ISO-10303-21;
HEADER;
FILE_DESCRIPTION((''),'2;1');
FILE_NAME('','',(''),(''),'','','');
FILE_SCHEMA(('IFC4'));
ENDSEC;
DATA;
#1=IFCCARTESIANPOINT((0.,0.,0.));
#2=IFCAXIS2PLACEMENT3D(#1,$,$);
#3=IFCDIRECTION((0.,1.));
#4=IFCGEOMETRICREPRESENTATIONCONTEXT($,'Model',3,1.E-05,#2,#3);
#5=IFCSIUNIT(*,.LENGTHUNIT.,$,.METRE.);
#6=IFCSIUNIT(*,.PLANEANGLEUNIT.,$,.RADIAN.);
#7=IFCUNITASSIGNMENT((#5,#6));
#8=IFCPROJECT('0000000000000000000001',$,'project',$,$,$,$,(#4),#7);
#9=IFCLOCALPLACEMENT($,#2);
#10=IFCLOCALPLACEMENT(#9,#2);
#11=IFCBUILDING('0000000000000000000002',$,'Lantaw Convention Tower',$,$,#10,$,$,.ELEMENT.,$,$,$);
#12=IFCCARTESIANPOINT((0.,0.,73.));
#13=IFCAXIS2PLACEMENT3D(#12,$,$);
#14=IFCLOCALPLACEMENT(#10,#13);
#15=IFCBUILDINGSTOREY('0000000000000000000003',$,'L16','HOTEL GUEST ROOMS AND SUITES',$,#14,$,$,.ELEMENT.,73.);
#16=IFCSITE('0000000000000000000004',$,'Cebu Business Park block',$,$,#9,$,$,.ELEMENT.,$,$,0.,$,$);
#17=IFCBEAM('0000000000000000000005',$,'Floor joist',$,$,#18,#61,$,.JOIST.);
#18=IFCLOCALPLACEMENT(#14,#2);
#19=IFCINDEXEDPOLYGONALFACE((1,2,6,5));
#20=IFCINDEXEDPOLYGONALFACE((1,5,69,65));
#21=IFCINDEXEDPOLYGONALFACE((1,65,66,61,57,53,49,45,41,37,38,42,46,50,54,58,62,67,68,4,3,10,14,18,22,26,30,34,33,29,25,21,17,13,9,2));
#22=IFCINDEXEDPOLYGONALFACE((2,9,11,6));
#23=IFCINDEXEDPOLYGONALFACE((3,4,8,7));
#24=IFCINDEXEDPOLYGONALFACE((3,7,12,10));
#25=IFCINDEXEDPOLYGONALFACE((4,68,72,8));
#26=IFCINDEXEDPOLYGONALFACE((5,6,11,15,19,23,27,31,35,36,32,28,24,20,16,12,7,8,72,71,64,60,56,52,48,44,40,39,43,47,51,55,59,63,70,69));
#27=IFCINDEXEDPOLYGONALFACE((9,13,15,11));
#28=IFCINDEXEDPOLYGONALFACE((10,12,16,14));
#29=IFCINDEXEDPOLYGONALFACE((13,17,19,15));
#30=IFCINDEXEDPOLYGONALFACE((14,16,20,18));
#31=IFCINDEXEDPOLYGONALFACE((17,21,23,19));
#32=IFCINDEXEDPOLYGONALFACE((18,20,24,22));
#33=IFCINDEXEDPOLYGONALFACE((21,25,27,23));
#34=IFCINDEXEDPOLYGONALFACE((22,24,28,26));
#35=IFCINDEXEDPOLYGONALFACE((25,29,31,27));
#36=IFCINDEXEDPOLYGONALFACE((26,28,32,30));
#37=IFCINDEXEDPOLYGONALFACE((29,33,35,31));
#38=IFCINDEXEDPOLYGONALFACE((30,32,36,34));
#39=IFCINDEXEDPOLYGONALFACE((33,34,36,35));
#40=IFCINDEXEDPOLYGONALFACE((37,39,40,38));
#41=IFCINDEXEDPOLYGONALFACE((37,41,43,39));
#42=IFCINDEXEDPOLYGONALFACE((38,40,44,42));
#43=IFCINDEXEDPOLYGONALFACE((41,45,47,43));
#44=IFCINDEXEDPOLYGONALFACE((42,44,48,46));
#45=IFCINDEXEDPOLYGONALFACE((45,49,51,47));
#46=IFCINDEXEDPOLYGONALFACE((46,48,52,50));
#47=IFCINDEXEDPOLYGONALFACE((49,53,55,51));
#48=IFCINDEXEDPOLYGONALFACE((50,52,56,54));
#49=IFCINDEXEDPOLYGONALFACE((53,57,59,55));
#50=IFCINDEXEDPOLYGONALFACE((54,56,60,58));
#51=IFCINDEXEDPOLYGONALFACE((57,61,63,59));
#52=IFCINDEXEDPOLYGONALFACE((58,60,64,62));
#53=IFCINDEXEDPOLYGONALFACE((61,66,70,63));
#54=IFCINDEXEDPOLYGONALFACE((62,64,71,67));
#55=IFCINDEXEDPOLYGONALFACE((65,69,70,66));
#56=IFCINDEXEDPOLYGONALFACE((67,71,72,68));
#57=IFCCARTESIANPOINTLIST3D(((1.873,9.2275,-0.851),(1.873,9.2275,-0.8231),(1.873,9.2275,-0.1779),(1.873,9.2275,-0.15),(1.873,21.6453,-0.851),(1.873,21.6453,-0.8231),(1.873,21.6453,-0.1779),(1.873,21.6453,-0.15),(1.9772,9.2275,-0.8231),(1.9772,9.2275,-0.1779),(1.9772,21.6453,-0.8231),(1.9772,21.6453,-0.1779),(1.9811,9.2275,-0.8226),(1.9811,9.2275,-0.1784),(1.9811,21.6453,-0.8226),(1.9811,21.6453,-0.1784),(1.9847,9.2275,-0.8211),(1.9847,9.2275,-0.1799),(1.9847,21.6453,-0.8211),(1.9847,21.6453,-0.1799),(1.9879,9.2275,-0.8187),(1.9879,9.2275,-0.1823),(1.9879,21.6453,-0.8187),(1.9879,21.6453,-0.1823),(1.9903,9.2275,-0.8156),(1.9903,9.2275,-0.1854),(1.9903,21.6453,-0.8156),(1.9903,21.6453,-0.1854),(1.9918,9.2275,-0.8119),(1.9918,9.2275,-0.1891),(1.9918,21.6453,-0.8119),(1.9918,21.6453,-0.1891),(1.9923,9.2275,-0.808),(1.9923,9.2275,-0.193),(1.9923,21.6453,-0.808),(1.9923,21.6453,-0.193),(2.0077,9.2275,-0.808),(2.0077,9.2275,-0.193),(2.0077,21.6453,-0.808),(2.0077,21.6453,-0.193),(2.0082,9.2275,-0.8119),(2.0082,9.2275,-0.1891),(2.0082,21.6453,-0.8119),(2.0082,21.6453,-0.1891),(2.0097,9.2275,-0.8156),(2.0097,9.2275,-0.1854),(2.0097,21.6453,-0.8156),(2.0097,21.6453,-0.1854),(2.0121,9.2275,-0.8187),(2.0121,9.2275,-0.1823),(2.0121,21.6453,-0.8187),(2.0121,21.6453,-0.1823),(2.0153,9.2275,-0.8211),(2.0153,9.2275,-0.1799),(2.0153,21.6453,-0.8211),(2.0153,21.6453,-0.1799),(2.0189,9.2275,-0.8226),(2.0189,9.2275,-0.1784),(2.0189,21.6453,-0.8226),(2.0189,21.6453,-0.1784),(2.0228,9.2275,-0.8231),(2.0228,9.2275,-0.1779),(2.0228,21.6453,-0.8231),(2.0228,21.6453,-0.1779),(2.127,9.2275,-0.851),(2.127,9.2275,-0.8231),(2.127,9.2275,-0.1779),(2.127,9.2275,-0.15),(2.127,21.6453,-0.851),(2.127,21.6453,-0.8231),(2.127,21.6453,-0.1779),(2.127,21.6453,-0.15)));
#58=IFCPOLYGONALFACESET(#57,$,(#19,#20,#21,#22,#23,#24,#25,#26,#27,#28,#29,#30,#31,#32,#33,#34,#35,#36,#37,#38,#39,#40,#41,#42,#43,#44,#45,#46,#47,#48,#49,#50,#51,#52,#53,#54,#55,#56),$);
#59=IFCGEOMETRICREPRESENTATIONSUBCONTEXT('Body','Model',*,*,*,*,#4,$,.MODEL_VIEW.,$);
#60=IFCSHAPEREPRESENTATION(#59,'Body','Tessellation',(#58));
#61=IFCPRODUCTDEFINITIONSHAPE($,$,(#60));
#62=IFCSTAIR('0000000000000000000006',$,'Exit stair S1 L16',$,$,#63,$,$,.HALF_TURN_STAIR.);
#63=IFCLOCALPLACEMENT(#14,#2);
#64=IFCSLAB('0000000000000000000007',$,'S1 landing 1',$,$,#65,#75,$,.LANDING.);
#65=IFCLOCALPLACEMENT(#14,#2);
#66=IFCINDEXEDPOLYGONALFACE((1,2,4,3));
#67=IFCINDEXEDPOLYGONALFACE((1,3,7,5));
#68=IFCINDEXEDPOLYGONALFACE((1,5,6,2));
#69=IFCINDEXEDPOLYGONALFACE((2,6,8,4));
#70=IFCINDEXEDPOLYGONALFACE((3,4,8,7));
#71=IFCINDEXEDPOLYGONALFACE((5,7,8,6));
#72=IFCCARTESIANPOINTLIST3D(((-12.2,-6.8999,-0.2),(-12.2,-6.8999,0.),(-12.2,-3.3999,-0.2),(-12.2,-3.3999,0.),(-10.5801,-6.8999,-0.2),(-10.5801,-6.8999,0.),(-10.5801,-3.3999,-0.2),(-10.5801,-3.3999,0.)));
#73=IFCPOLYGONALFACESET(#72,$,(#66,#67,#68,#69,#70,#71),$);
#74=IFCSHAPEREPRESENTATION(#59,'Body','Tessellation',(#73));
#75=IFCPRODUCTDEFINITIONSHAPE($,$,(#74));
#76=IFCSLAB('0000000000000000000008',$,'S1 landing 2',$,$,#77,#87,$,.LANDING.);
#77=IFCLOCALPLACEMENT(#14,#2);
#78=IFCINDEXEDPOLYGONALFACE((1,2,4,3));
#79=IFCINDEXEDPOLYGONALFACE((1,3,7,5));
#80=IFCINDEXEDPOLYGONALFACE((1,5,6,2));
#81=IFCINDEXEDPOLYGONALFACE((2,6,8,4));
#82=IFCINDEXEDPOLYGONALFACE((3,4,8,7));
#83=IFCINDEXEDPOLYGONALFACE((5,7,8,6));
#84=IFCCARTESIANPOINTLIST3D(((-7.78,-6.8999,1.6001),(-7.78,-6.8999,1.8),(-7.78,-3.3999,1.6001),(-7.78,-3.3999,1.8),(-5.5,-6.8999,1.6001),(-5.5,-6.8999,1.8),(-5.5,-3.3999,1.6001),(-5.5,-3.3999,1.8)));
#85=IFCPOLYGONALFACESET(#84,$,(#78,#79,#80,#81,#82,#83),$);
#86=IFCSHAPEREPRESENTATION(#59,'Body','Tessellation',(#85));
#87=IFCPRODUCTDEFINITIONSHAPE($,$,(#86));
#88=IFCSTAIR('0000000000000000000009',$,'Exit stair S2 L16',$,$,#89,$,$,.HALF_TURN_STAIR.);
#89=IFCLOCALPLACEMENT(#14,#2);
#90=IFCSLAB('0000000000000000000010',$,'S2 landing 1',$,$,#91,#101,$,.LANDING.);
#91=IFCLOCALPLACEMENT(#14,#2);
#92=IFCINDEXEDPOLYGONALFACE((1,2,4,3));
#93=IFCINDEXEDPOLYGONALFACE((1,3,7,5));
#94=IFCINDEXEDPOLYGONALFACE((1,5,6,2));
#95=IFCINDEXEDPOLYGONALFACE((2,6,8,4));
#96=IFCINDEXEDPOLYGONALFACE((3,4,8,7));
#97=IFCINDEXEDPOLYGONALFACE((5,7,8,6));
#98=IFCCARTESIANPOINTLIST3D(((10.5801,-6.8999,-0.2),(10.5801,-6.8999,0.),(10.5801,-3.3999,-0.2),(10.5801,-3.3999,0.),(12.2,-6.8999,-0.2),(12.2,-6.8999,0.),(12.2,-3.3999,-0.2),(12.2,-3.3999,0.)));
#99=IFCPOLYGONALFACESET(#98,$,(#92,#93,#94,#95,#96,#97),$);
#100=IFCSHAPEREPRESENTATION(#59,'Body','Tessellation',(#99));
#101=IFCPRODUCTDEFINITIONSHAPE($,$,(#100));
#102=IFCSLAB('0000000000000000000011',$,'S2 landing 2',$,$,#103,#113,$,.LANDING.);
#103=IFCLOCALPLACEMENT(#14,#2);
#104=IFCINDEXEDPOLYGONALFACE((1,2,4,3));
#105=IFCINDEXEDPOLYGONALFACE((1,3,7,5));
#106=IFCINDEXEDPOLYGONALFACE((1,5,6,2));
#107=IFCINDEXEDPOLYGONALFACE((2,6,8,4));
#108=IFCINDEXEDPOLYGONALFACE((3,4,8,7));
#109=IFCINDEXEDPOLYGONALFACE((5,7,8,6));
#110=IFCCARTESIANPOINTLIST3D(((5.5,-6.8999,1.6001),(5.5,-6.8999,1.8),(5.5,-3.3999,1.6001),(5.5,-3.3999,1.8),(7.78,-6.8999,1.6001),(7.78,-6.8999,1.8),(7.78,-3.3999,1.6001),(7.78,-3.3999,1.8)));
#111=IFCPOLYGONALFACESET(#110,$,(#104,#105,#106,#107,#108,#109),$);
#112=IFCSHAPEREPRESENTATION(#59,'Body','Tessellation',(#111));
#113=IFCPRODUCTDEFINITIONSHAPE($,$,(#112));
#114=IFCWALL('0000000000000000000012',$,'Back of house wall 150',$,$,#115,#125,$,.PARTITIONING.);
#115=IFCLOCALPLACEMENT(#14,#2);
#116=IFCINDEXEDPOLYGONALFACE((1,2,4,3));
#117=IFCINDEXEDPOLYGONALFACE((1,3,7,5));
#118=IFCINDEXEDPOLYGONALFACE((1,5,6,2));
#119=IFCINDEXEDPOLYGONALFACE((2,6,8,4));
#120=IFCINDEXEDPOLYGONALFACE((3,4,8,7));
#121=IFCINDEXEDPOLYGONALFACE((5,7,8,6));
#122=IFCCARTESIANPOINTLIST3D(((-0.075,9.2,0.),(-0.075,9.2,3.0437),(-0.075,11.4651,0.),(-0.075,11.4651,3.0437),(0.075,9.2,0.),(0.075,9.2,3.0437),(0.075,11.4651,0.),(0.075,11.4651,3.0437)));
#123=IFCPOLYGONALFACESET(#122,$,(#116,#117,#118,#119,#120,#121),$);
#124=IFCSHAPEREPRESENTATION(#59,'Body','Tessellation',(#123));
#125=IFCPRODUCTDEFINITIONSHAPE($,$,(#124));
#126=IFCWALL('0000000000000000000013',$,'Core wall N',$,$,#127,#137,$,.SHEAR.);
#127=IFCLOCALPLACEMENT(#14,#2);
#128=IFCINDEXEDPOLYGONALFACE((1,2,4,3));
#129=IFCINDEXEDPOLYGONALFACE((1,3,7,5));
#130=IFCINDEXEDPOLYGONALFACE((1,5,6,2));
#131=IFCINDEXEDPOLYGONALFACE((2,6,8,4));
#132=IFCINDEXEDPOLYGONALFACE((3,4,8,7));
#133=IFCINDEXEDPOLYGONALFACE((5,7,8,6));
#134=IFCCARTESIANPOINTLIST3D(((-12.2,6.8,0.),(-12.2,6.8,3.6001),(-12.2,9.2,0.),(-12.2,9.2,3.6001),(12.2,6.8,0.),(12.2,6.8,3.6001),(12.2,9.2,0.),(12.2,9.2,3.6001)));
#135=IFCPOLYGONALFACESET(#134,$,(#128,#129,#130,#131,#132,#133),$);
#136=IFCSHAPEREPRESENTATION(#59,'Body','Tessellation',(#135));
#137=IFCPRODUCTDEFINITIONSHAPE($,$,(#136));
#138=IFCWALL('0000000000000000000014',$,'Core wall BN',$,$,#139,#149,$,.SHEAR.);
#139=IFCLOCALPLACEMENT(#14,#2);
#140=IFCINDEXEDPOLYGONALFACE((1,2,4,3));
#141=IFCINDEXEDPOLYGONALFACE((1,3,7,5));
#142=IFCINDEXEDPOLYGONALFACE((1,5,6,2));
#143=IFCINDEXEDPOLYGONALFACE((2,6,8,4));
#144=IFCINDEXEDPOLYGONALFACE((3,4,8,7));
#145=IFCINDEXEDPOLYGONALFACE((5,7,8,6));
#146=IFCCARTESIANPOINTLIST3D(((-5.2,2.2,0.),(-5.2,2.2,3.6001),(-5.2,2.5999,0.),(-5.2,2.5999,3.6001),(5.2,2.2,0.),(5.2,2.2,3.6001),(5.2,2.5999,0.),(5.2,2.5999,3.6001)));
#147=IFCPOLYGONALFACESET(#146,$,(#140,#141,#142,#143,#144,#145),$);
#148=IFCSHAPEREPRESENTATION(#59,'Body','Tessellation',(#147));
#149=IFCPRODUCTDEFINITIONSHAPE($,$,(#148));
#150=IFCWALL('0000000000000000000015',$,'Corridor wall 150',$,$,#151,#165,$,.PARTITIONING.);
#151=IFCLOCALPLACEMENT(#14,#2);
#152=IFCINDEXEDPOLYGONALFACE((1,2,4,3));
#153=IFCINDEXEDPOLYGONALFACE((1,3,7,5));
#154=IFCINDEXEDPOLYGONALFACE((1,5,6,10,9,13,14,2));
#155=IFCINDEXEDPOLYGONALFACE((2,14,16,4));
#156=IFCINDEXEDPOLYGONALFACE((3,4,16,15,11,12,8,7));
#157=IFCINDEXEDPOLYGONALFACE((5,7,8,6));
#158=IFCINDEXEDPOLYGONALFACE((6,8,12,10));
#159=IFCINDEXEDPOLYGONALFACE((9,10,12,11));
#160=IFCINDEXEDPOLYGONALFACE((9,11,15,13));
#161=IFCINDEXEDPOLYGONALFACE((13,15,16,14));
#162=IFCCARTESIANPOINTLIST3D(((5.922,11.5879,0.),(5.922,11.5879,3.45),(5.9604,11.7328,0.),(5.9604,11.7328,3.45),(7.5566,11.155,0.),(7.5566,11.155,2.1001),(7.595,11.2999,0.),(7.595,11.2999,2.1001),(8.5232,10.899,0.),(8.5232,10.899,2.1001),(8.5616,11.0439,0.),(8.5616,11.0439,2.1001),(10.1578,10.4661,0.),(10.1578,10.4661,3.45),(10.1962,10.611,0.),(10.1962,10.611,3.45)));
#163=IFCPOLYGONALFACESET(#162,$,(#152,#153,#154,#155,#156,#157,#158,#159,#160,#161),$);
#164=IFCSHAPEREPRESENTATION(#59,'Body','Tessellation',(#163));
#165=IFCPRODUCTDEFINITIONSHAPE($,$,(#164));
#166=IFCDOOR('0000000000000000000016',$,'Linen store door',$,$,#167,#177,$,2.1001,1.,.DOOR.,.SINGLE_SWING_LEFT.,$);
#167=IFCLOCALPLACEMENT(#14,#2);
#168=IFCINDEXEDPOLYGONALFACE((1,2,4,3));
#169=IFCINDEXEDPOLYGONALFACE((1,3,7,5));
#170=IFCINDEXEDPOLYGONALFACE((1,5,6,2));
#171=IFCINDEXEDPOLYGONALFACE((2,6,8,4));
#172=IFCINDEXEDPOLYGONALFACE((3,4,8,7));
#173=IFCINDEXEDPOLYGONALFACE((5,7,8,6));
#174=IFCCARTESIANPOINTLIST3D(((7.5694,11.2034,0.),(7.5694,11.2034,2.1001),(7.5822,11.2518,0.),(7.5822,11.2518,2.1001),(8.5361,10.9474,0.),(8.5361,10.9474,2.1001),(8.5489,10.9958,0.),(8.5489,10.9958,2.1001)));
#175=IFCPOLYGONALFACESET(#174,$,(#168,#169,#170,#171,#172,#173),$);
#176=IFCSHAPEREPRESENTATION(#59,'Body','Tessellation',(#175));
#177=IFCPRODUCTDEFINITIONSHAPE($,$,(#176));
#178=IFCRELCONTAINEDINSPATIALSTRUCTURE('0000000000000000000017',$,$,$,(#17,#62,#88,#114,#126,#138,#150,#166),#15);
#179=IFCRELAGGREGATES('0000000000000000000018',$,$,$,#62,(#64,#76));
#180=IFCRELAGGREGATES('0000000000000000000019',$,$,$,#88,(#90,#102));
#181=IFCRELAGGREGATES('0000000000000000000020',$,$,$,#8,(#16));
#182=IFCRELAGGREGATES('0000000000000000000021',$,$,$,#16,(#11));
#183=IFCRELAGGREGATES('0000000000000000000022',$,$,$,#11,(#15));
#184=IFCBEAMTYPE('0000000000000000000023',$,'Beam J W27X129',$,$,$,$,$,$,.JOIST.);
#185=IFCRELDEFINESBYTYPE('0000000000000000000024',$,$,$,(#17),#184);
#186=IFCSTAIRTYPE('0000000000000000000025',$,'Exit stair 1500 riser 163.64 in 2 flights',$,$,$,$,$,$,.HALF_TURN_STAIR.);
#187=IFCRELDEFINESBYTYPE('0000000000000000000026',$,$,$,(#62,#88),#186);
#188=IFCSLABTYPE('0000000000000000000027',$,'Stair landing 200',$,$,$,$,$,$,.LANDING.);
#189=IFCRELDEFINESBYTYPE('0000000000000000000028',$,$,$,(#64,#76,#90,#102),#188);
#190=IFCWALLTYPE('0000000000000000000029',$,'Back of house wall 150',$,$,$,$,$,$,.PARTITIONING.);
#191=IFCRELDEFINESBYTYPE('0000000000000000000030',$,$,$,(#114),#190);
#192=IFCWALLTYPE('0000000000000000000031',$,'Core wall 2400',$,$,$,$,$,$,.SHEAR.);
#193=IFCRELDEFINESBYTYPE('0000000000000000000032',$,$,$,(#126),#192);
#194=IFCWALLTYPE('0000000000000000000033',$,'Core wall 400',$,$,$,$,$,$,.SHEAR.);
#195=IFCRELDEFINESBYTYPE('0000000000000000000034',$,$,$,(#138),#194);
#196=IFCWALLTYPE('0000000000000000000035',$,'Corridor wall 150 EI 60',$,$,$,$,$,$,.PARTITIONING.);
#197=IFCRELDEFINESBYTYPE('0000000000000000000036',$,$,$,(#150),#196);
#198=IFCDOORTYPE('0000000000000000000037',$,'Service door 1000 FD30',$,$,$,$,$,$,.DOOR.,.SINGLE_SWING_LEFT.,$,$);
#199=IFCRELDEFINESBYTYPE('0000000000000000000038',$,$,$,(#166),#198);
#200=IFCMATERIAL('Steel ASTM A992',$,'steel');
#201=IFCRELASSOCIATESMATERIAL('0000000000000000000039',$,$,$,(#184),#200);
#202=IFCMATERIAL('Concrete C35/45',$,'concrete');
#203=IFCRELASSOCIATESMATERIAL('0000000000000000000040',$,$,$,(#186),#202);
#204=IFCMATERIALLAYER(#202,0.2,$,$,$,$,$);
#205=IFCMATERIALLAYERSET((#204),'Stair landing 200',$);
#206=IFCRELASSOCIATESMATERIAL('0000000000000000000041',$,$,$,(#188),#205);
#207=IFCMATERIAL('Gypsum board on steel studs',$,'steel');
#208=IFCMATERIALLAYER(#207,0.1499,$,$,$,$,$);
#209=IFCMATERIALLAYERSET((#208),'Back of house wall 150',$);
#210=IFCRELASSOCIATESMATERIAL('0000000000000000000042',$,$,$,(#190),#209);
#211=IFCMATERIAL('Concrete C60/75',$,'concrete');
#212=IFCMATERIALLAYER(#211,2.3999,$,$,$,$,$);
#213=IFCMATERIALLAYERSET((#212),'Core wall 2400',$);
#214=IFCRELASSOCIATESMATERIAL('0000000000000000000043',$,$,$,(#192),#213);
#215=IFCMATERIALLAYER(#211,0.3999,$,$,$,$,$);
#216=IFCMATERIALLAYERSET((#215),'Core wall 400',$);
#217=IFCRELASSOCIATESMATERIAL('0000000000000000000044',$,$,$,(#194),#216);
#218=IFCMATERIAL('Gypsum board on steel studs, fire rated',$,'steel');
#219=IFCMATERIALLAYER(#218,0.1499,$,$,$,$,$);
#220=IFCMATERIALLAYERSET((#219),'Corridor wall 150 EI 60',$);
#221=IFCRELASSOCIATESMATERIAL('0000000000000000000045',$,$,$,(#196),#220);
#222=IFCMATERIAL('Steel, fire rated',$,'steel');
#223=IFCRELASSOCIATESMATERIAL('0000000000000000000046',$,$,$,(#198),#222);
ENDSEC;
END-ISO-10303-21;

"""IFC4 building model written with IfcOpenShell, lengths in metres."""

from ifc_helpers import new_model, si_unit, direction, frame, frame_2d, origin, origin_2d, place, context, subcontext, project, spatial, polyline, rectangle, i_section, outline, extrude, material, layer, layer_set, material_profile, profile_set, type_object, element, fill, aggregate, save


model = new_model("IFC4")

# Units and contexts
model_context = context("Model", 3, precision=1e-05, world=origin(), true_north=direction((0.0, 1.0)))
body_context = subcontext(model_context, "Body", "Model", "MODEL_VIEW")
ifc_project = project(units=[si_unit("LENGTHUNIT", "METRE"), si_unit("PLANEANGLEUNIT", "RADIAN")], contexts=[model_context])

# Site, building, storey
site_placement = place(None, origin())
site = spatial("IfcSite", under=ifc_project, at=site_placement, Name="Cebu Business Park block", CompositionType="ELEMENT", RefElevation=0.0)
building_placement = place(site_placement, origin())
building = spatial("IfcBuilding", under=site, at=building_placement, Name="Lantaw Convention Tower", CompositionType="ELEMENT")
storey_placement = place(building_placement, frame((0.0, 0.0, 73.0)))
storey = spatial("IfcBuildingStorey", under=building, at=storey_placement, Name="L16", Description="HOTEL GUEST ROOMS AND SUITES", CompositionType="ELEMENT", Elevation=73.0)

# Beam
ifc_material_1 = material(Name="Steel ASTM A992", Category="steel")
ifc_material_profile_1 = material_profile(ifc_material_1, i_section(OverallWidth=0.2539, OverallDepth=0.7009, WebThickness=0.0154, FlangeThickness=0.0278, FilletRadius=0.0151, at=origin_2d()), Name="W27X129")
ifc_profile_set_1 = profile_set([ifc_material_profile_1], Name="Steel ASTM A992")
beam_type_1 = type_object("IfcBeamType", Name="Beam J W27X129", PredefinedType="JOIST", material=ifc_profile_set_1)
beam_1_placement = place(storey_placement, frame((2.0, 9.2275, -0.5005), z_axis=(0.0, 1.0, 0.0), x_axis=(-1.0, 0.0, 0.0)))
element("IfcBeam", 1, at=beam_1_placement, inside=storey, type_object=beam_type_1, Name="Floor joist", PredefinedType="JOIST", context=body_context, shape_type="SweptSolid", body=[
    extrude(i_section(OverallWidth=0.2539, OverallDepth=0.7009, WebThickness=0.0154, FlangeThickness=0.0278, FilletRadius=0.0151, at=origin_2d()), origin(), (0.0, 0.0, 1.0), 12.4177),
])

# Stairs, slabs
ifc_material_2 = material(Name="Concrete C35/45", Category="concrete")
stair_type = type_object("IfcStairType", Name="Exit stair 1500 riser 163.64 in 2 flights", PredefinedType="HALF_TURN_STAIR", material=ifc_material_2)
stair_1_placement = place(storey_placement, origin())
stair_1 = element("IfcStair", 2, at=stair_1_placement, inside=storey, type_object=stair_type, Name="Exit stair S1 L16", PredefinedType="HALF_TURN_STAIR")
ifc_layer_1 = layer(ifc_material_2, 0.2)
ifc_layer_set_1 = layer_set([ifc_layer_1], Name="Stair landing 200")
slab_type = type_object("IfcSlabType", Name="Stair landing 200", PredefinedType="LANDING", material=ifc_layer_set_1)
slab_1_placement = place(storey_placement, frame((0.0, 0.0, -0.2)))
slab_1 = element("IfcSlab", 3, at=slab_1_placement, type_object=slab_type, Name="S1 landing 1", PredefinedType="LANDING", context=body_context, shape_type="SweptSolid", body=[
    extrude(outline(polyline([(-12.2, -6.8999), (-10.5801, -6.8999), (-10.5801, -3.3999), (-12.2, -3.3999), (-12.2, -6.8999)])), origin(), (0.0, 0.0, 1.0), 0.2),
])
slab_2_placement = place(storey_placement, frame((0.0, 0.0, 1.6001)))
slab_2 = element("IfcSlab", 4, at=slab_2_placement, type_object=slab_type, Name="S1 landing 2", PredefinedType="LANDING", context=body_context, shape_type="SweptSolid", body=[
    extrude(outline(polyline([(-7.78, -6.8999), (-5.5, -6.8999), (-5.5, -3.3999), (-7.78, -3.3999), (-7.78, -6.8999)])), origin(), (0.0, 0.0, 1.0), 0.2),
])
aggregate(stair_1, [slab_1, slab_2])
stair_2_placement = place(storey_placement, origin())
stair_2 = element("IfcStair", 5, at=stair_2_placement, inside=storey, type_object=stair_type, Name="Exit stair S2 L16", PredefinedType="HALF_TURN_STAIR")
slab_3_placement = place(storey_placement, frame((0.0, 0.0, -0.2)))
slab_3 = element("IfcSlab", 6, at=slab_3_placement, type_object=slab_type, Name="S2 landing 1", PredefinedType="LANDING", context=body_context, shape_type="SweptSolid", body=[
    extrude(outline(polyline([(10.5801, -6.8999), (12.2, -6.8999), (12.2, -3.3999), (10.5801, -3.3999), (10.5801, -6.8999)])), origin(), (0.0, 0.0, 1.0), 0.2),
])
slab_4_placement = place(storey_placement, frame((0.0, 0.0, 1.6001)))
slab_4 = element("IfcSlab", 7, at=slab_4_placement, type_object=slab_type, Name="S2 landing 2", PredefinedType="LANDING", context=body_context, shape_type="SweptSolid", body=[
    extrude(outline(polyline([(5.5, -6.8999), (7.78, -6.8999), (7.78, -3.3999), (5.5, -3.3999), (5.5, -6.8999)])), origin(), (0.0, 0.0, 1.0), 0.2),
])
aggregate(stair_2, [slab_3, slab_4])

# Walls
ifc_material_3 = material(Name="Gypsum board on steel studs", Category="steel")
ifc_layer_2 = layer(ifc_material_3, 0.1499)
ifc_layer_set_2 = layer_set([ifc_layer_2], Name="Back of house wall 150")
wall_type_1 = type_object("IfcWallType", Name="Back of house wall 150", PredefinedType="PARTITIONING", material=ifc_layer_set_2)
wall_1_placement = place(storey_placement, frame((0.0, 9.2, 0.0), z_axis=(0.0, 0.0, 1.0), x_axis=(0.0, 1.0, 0.0)))
element("IfcWall", 8, at=wall_1_placement, inside=storey, type_object=wall_type_1, Name="Back of house wall 150", PredefinedType="PARTITIONING", context=body_context, shape_type="SweptSolid", body=[
    extrude(rectangle(XDim=2.2651, YDim=0.1499, at=frame_2d((1.1326, 0.0))), origin(), (0.0, 0.0, 1.0), 3.0437),
])
ifc_material_4 = material(Name="Concrete C60/75", Category="concrete")
ifc_layer_3 = layer(ifc_material_4, 2.3999)
ifc_layer_set_3 = layer_set([ifc_layer_3], Name="Core wall 2400")
wall_type_2 = type_object("IfcWallType", Name="Core wall 2400", PredefinedType="SHEAR", material=ifc_layer_set_3)
wall_2_placement = place(storey_placement, frame((12.2, 8.0, 0.0), z_axis=(0.0, 0.0, 1.0), x_axis=(-1.0, 0.0, 0.0)))
element("IfcWall", 9, at=wall_2_placement, inside=storey, type_object=wall_type_2, Name="Core wall N", PredefinedType="SHEAR", context=body_context, shape_type="SweptSolid", body=[
    extrude(rectangle(XDim=24.3999, YDim=2.3999, at=frame_2d((12.2, 0.0))), origin(), (0.0, 0.0, 1.0), 3.6001),
])
ifc_layer_4 = layer(ifc_material_4, 0.3999)
ifc_layer_set_4 = layer_set([ifc_layer_4], Name="Core wall 400")
wall_type_3 = type_object("IfcWallType", Name="Core wall 400", PredefinedType="SHEAR", material=ifc_layer_set_4)
wall_3_placement = place(storey_placement, frame((5.2, 2.3999, 0.0), z_axis=(0.0, 0.0, 1.0), x_axis=(-1.0, 0.0, 0.0)))
element("IfcWall", 10, at=wall_3_placement, inside=storey, type_object=wall_type_3, Name="Core wall BN", PredefinedType="SHEAR", context=body_context, shape_type="SweptSolid", body=[
    extrude(rectangle(XDim=10.3999, YDim=0.3999, at=frame_2d((5.2, 0.0))), origin(), (0.0, 0.0, 1.0), 3.6001),
])

# Wall, opening, door
ifc_material_5 = material(Name="Gypsum board on steel studs, fire rated", Category="steel")
ifc_layer_5 = layer(ifc_material_5, 0.1499)
ifc_layer_set_5 = layer_set([ifc_layer_5], Name="Corridor wall 150 EI 60")
wall_type_4 = type_object("IfcWallType", Name="Corridor wall 150 EI 60", PredefinedType="PARTITIONING", material=ifc_layer_set_5)
wall_4_placement = place(storey_placement, frame((10.177, 10.5386, 0.0), z_axis=(0.0, 0.0, 1.0), x_axis=(-0.966673, 0.256015, 0.0)))
wall_4 = element("IfcWall", 11, at=wall_4_placement, inside=storey, type_object=wall_type_4, Name="Corridor wall 150", PredefinedType="PARTITIONING", context=body_context, shape_type="SweptSolid", body=[
    extrude(rectangle(XDim=4.3818, YDim=0.1499, at=frame_2d((2.1909, 0.0))), origin(), (0.0, 0.0, 1.0), 3.45),
])
opening_1_placement = place(wall_4_placement, frame((1.6909, 0.0, 0.0)))
opening_1 = element("IfcOpeningElement", 12, at=opening_1_placement, cuts=wall_4, PredefinedType="OPENING", context=body_context, shape_type="SweptSolid", body=[
    extrude(rectangle(XDim=1.0, YDim=2.1001, at=frame_2d((0.5, 1.05))), frame((0.0, 0.085, 0.0), z_axis=(0.0, -1.0, 0.0), x_axis=(1.0, 0.0, 0.0)), (0.0, 0.0, 1.0), 0.1699),
])
ifc_material_6 = material(Name="Steel, fire rated", Category="steel")
door_type_1 = type_object("IfcDoorType", Name="Service door 1000 FD30", OperationType="SINGLE_SWING_LEFT", PredefinedType="DOOR", material=ifc_material_6)
door_1_placement = place(opening_1_placement, origin())
door_1 = element("IfcDoor", 13, at=door_1_placement, inside=storey, type_object=door_type_1, Name="Linen store door", OperationType="SINGLE_SWING_LEFT", OverallHeight=2.1001, OverallWidth=1.0, PredefinedType="DOOR", context=body_context, shape_type="SweptSolid", body=[
    extrude(rectangle(XDim=1.0, YDim=2.1001, at=frame_2d((0.5, 1.05))), frame((0.0, 0.0249, 0.0), z_axis=(0.0, -1.0, 0.0), x_axis=(1.0, 0.0, 0.0)), (0.0, 0.0, 1.0), 0.05),
])
fill(opening_1, door_1)

save(model, "model.ifc")
